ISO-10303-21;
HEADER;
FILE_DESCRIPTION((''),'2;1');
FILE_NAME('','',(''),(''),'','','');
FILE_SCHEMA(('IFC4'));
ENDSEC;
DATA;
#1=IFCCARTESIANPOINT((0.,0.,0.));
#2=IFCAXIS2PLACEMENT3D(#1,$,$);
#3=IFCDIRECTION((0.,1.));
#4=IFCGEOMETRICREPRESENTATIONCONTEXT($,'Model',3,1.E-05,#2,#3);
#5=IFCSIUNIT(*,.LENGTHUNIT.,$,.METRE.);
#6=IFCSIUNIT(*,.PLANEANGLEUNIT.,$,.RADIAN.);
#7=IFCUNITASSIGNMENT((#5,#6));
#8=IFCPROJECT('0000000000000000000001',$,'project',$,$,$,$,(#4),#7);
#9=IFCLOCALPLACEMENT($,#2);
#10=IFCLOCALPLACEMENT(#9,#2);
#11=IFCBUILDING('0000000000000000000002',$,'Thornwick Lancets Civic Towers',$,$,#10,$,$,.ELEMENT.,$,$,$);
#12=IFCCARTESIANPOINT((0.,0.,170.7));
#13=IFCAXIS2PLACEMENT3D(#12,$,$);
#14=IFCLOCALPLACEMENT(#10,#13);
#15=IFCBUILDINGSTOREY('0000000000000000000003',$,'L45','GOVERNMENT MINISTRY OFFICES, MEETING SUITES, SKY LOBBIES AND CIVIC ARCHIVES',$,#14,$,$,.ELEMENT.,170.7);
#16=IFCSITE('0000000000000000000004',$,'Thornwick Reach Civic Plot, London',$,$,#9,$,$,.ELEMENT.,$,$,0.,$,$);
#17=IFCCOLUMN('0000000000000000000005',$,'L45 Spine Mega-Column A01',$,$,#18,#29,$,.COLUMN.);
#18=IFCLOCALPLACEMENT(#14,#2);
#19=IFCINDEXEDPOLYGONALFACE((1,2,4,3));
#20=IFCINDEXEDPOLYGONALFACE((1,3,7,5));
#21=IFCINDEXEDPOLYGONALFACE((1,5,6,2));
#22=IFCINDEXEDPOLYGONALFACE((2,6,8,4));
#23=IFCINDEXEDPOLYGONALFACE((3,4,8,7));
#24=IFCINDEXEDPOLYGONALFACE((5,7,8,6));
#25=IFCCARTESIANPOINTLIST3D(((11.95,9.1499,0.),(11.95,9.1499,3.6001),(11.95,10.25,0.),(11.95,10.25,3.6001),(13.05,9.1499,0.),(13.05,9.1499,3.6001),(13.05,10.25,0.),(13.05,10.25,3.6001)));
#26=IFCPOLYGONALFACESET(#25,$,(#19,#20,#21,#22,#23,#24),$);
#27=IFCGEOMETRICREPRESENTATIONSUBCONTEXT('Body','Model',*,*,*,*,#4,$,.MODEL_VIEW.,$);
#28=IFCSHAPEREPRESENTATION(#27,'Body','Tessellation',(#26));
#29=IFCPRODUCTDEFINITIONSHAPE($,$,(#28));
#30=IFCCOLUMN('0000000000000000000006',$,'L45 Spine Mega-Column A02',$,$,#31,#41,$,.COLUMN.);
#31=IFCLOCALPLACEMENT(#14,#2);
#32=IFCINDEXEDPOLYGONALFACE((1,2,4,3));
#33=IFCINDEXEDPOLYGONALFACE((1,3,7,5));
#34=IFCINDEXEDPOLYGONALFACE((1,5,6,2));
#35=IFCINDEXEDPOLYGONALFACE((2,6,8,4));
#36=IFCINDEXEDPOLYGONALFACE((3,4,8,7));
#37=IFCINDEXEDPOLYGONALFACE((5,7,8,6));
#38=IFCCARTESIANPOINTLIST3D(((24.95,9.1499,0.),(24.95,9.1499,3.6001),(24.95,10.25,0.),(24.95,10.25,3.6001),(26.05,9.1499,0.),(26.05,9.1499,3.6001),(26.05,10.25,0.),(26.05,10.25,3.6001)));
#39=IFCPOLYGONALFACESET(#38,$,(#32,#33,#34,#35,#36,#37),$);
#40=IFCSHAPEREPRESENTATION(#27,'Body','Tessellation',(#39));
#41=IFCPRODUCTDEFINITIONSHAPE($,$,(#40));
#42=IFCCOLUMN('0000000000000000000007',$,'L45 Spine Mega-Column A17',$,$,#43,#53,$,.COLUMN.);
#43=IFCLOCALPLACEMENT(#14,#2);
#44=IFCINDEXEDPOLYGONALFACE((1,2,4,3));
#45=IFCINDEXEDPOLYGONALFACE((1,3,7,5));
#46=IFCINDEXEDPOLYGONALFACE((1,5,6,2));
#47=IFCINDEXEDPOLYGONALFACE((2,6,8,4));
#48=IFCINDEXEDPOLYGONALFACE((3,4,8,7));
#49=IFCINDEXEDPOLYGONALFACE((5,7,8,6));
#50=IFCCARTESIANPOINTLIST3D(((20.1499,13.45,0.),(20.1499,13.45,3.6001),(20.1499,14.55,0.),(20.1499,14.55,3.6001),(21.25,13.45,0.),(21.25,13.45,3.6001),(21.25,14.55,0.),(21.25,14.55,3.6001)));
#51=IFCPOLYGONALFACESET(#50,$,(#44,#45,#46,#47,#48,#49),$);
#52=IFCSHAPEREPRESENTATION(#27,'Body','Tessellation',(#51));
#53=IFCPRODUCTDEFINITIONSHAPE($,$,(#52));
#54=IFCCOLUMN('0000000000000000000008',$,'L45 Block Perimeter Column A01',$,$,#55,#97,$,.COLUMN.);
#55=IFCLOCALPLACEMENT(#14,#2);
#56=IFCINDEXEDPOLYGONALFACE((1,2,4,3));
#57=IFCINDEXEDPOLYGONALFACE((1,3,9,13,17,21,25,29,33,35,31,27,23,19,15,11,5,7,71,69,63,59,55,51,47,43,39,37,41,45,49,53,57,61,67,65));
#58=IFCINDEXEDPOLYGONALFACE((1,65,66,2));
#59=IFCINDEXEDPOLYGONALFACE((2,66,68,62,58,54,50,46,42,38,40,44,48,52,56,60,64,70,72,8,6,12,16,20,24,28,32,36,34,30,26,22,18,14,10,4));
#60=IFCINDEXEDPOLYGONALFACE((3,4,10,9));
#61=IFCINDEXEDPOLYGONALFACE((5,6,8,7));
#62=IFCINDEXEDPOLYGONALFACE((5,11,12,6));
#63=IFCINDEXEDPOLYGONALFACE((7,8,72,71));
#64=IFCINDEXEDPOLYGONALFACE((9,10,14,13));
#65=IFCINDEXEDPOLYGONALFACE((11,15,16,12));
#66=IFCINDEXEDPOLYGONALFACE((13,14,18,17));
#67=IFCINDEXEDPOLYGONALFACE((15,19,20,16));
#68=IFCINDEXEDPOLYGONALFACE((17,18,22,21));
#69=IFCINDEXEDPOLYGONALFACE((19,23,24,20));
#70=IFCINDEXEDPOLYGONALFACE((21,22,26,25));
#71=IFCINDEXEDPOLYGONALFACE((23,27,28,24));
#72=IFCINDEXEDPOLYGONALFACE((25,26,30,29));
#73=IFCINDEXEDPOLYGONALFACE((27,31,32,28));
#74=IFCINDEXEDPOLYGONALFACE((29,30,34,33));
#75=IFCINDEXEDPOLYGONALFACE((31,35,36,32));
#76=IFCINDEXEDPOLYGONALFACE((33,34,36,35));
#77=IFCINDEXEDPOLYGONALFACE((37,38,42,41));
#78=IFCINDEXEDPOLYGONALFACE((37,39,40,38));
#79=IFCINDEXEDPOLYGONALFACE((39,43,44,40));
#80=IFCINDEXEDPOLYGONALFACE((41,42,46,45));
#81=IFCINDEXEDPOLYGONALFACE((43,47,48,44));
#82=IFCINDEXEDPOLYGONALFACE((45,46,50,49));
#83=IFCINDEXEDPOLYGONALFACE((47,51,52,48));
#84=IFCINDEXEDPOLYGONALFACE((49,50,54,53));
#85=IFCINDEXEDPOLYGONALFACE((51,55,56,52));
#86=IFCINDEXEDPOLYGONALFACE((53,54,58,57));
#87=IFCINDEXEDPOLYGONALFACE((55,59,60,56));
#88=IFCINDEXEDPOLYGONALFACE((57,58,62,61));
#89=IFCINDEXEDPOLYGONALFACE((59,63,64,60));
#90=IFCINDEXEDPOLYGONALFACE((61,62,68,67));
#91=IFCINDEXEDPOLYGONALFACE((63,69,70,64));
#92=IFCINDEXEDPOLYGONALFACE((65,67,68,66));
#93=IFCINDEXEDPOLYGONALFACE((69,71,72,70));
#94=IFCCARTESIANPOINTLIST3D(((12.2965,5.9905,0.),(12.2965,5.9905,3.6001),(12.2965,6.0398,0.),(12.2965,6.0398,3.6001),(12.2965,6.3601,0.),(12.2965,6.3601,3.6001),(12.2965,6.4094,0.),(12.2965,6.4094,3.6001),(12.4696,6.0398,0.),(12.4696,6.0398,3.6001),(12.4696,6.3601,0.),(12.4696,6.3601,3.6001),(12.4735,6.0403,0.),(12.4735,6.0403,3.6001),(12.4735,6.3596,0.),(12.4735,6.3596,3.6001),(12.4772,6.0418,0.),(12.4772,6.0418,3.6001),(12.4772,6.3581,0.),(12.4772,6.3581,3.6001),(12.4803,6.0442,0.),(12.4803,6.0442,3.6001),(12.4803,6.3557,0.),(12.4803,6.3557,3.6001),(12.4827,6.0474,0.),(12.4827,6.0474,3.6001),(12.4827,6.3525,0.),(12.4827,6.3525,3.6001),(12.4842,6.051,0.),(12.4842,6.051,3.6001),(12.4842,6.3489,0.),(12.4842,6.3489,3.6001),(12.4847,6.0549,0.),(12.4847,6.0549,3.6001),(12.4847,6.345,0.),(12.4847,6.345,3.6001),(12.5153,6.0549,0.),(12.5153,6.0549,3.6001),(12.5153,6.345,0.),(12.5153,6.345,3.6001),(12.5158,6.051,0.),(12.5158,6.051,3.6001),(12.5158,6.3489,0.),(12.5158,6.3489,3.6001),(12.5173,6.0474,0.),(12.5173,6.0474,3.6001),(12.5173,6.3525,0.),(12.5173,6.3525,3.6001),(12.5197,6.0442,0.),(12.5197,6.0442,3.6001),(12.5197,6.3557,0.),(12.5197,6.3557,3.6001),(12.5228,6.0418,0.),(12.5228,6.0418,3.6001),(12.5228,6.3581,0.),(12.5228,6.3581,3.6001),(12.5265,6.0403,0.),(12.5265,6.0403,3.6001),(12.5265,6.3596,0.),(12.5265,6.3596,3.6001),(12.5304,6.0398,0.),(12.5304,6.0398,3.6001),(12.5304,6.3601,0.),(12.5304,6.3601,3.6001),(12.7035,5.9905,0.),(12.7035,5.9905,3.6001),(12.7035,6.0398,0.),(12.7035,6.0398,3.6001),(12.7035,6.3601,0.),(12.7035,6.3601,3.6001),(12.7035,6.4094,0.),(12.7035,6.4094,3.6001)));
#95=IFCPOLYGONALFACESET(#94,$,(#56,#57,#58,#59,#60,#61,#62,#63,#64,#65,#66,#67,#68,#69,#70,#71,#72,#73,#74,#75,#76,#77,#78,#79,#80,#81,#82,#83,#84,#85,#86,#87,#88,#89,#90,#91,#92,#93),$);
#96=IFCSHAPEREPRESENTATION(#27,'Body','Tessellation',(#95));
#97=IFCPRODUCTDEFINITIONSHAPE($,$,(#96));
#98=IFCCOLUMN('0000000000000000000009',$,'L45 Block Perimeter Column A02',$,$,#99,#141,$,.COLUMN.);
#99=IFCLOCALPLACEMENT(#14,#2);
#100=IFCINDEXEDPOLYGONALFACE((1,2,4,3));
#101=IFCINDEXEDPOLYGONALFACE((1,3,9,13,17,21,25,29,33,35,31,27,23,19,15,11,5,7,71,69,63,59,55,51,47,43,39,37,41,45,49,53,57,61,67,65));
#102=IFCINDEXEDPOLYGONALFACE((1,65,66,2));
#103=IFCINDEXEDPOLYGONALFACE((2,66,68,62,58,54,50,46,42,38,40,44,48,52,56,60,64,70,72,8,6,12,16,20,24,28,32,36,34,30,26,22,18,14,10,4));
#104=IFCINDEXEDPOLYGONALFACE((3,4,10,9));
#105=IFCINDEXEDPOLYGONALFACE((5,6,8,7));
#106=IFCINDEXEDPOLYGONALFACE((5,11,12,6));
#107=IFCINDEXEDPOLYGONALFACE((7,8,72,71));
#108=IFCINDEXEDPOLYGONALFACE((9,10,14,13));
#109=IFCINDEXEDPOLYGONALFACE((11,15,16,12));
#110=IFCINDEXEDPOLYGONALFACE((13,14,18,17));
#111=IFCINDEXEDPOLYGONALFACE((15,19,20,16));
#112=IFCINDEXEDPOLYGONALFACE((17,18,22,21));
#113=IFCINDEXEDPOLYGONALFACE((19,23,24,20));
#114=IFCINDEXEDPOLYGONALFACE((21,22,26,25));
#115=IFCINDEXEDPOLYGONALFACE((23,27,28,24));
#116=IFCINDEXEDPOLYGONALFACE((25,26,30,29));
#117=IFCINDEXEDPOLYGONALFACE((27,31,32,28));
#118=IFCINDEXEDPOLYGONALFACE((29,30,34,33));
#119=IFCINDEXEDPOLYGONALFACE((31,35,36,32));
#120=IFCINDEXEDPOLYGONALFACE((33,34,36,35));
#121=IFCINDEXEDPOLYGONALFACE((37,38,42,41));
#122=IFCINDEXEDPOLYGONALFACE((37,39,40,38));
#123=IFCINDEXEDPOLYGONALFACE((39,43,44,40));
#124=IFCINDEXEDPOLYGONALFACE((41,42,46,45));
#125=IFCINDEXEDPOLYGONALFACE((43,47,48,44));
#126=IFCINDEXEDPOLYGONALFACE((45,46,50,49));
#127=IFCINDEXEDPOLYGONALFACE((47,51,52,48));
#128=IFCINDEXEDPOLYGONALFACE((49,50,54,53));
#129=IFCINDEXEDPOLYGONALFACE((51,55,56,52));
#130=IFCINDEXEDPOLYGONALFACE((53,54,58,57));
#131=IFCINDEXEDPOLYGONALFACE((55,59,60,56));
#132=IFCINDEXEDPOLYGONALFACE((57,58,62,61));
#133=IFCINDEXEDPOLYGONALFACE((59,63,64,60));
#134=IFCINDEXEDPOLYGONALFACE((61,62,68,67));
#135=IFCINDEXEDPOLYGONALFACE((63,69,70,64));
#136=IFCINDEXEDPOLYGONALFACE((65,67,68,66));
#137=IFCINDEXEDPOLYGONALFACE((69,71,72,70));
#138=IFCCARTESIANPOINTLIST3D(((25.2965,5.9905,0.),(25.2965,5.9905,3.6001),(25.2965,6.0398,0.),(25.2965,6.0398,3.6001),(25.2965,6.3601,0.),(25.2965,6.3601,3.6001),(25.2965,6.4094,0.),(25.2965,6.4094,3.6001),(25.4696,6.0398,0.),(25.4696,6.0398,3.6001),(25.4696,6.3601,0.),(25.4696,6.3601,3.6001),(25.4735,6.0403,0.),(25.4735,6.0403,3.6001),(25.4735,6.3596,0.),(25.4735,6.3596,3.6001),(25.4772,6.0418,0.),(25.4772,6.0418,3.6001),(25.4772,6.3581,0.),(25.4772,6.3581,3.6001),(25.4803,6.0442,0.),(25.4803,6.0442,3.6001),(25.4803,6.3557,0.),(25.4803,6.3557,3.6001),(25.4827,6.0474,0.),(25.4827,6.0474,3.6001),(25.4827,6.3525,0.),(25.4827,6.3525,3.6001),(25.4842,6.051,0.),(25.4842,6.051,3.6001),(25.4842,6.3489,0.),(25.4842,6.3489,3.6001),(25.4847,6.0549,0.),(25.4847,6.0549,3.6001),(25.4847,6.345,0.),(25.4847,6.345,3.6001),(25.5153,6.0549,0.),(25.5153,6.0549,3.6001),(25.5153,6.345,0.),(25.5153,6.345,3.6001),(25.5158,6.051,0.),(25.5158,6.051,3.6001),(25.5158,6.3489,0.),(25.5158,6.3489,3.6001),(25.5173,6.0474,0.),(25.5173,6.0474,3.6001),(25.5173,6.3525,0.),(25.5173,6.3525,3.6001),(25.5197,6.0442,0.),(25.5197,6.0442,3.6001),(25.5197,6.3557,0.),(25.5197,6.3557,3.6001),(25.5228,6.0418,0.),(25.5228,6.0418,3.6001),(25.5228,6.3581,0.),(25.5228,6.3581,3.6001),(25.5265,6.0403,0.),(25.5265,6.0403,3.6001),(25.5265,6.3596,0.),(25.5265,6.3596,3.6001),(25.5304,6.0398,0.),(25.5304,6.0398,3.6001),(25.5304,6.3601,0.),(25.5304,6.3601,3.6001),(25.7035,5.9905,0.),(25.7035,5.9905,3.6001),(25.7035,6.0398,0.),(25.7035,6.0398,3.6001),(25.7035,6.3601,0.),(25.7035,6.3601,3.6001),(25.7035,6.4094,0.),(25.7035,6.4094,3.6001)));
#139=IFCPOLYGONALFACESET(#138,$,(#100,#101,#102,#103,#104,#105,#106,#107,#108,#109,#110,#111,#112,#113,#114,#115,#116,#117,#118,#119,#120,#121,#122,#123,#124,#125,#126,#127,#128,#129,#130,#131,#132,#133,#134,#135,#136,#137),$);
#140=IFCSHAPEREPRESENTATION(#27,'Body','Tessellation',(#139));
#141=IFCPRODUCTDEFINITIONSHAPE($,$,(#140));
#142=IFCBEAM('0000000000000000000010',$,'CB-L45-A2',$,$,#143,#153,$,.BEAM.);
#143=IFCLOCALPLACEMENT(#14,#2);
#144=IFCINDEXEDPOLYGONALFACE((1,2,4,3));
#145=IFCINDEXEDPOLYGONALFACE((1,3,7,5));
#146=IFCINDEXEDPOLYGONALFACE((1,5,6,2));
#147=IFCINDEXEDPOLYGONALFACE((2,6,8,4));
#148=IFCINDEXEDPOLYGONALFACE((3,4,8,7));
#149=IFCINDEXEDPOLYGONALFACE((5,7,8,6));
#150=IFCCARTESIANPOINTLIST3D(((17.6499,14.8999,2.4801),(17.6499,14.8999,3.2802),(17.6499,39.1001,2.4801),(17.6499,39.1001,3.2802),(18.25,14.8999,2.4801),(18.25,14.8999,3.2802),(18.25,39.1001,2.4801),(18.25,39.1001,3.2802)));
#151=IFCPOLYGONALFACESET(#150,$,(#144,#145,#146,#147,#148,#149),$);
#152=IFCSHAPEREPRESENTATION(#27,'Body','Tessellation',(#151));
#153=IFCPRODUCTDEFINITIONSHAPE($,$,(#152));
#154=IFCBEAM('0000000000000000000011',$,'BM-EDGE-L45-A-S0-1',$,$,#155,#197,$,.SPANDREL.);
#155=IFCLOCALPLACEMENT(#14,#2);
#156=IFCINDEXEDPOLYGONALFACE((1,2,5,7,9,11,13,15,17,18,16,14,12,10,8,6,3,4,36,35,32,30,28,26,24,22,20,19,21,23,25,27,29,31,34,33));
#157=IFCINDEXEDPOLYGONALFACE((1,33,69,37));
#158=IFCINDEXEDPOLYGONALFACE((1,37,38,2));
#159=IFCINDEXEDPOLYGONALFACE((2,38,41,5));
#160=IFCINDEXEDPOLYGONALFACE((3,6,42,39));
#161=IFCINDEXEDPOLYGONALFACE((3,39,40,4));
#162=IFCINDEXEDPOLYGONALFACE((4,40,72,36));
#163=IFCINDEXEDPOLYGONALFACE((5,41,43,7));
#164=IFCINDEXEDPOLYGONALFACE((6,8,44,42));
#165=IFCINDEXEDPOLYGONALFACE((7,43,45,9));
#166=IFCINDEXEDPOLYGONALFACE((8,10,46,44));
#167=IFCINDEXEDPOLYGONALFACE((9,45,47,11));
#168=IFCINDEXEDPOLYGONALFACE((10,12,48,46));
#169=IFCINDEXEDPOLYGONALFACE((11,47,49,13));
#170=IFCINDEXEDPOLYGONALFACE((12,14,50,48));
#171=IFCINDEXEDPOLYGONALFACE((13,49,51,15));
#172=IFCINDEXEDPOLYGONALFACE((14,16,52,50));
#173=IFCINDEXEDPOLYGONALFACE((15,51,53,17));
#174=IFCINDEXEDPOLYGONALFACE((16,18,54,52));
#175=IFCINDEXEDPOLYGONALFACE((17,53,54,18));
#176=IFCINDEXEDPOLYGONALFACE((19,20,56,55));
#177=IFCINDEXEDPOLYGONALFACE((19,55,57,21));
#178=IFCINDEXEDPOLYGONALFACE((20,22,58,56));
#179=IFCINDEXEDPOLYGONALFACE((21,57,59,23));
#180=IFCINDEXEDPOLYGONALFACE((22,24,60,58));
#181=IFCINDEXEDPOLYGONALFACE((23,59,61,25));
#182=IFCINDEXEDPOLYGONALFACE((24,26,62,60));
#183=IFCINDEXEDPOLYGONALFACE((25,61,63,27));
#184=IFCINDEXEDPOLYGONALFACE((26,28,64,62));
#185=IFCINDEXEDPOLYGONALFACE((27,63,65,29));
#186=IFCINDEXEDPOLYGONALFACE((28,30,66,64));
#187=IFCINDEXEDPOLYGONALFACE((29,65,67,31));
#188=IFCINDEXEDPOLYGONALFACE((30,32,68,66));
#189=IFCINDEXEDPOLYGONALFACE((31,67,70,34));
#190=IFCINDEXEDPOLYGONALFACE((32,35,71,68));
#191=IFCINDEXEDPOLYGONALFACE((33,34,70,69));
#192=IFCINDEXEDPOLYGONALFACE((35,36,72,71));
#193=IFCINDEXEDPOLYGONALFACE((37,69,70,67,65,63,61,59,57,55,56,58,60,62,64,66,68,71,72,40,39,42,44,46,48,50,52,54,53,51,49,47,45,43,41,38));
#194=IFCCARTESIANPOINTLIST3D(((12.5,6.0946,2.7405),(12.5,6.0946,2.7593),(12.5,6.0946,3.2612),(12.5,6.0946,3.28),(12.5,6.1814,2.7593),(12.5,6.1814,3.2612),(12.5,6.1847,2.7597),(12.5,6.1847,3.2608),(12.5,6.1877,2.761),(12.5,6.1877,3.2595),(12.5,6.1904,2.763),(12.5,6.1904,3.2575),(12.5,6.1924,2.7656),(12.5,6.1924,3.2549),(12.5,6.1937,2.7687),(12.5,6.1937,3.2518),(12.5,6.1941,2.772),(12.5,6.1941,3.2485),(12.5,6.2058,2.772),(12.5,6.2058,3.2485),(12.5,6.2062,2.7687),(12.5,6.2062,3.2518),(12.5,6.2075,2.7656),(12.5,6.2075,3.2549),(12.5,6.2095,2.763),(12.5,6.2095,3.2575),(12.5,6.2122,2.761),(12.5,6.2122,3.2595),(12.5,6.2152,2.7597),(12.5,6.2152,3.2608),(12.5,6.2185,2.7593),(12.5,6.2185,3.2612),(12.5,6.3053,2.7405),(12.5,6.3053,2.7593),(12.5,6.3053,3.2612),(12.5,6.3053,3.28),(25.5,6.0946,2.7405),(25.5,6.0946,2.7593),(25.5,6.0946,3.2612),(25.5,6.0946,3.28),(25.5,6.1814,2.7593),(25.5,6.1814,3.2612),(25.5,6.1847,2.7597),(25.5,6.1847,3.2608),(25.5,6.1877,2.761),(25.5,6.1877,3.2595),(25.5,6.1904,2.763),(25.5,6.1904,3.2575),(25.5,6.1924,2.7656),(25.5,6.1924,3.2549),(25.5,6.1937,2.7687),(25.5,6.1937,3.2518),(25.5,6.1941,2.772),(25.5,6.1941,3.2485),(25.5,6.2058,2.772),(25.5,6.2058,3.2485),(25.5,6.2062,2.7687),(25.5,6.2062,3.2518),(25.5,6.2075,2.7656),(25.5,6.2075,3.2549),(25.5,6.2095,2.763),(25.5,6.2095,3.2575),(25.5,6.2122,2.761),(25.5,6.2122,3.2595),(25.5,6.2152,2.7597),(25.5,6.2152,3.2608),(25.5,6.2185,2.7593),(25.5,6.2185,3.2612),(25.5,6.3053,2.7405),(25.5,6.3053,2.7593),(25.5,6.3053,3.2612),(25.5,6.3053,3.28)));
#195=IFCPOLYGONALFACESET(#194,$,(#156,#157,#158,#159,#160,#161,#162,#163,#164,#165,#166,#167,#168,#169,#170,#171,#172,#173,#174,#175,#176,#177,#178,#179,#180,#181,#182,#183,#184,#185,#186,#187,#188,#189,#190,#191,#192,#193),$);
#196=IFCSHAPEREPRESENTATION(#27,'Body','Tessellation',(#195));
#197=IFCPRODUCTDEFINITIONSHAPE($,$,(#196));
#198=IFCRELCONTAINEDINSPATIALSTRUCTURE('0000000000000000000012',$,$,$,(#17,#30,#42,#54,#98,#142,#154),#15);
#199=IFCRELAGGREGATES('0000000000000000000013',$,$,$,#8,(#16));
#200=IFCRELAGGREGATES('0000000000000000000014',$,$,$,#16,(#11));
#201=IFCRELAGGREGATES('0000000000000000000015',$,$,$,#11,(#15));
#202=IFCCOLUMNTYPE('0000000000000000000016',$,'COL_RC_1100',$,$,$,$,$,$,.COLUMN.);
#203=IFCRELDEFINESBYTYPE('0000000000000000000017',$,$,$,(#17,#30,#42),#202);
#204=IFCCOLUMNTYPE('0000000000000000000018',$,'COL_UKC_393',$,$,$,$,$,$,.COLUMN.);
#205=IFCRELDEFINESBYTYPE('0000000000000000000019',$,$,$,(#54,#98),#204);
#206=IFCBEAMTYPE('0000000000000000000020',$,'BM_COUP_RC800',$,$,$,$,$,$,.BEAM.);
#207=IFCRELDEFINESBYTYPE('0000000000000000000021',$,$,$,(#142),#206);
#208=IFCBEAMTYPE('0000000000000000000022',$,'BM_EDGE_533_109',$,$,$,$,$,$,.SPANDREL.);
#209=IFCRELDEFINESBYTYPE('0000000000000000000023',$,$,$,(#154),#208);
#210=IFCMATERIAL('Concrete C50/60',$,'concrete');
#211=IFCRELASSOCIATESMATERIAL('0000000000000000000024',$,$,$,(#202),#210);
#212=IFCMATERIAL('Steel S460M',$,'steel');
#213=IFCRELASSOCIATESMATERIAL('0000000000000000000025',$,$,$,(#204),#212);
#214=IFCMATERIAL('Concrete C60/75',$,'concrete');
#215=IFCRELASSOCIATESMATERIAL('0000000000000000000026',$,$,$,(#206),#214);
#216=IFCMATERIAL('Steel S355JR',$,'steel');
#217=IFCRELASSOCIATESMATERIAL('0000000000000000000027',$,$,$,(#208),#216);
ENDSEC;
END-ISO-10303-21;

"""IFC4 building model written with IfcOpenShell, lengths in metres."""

from ifc_helpers import new_model, si_unit, direction, frame, origin, origin_2d, place, context, subcontext, project, spatial, rectangle, i_section, extrude, material, material_profile, profile_set, type_object, element, save


model = new_model("IFC4")

# Units and contexts
model_context = context("Model", 3, precision=1e-05, world=origin(), true_north=direction((0.0, 1.0)))
body_context = subcontext(model_context, "Body", "Model", "MODEL_VIEW")
ifc_project = project(units=[si_unit("LENGTHUNIT", "METRE"), si_unit("PLANEANGLEUNIT", "RADIAN")], contexts=[model_context])

# Site, building, storey
site_placement = place(None, origin())
site = spatial("IfcSite", under=ifc_project, at=site_placement, Name="Thornwick Reach Civic Plot, London", CompositionType="ELEMENT", RefElevation=0.0)
building_placement = place(site_placement, origin())
building = spatial("IfcBuilding", under=site, at=building_placement, Name="Thornwick Lancets Civic Towers", CompositionType="ELEMENT")
storey_placement = place(building_placement, frame((0.0, 0.0, 170.7)))
storey = spatial("IfcBuildingStorey", under=building, at=storey_placement, Name="L45", Description="GOVERNMENT MINISTRY OFFICES, MEETING SUITES, SKY LOBBIES AND CIVIC ARCHIVES", CompositionType="ELEMENT", Elevation=170.7)

# Columns
ifc_material_1 = material(Name="Concrete C50/60", Category="concrete")
ifc_material_profile_1 = material_profile(ifc_material_1, rectangle(XDim=1.1001, YDim=1.1001, at=origin_2d()), Name="RC 1100x1100")
ifc_profile_set_1 = profile_set([ifc_material_profile_1], Name="Concrete C50/60")
column_type_1 = type_object("IfcColumnType", Name="COL_RC_1100", PredefinedType="COLUMN", material=ifc_profile_set_1)
for number, where, z_axis, x_axis, name in (
    (1, (12.5, 9.7, 0.0), (0.0, 0.0, 1.0), (1.0, 0.0, 0.0), "L45 Spine Mega-Column A01"),
    (2, (25.5, 9.7, 0.0), (0.0, 0.0, 1.0), (1.0, 0.0, 0.0), "L45 Spine Mega-Column A02"),
    (3, (20.7, 14.0, 0.0), (0.0, 0.0, 1.0), (1.0, 0.0, 0.0), "L45 Spine Mega-Column A17"),
):
    element("IfcColumn", number, at=place(storey_placement, frame(where, z_axis=z_axis, x_axis=x_axis)), inside=storey, type_object=column_type_1, Name=name, PredefinedType="COLUMN", context=body_context, shape_type="SweptSolid", body=[
        extrude(rectangle(XDim=1.1001, YDim=1.1001, at=origin_2d()), origin(), (0.0, 0.0, 1.0), 3.6001),
    ])
ifc_material_2 = material(Name="Steel S460M", Category="steel")
ifc_material_profile_2 = material_profile(ifc_material_2, i_section(OverallWidth=0.407, OverallDepth=0.4189, WebThickness=0.0305, FlangeThickness=0.0493, FilletRadius=0.0151, at=origin_2d()), Name="UKC 356x406x393")
ifc_profile_set_2 = profile_set([ifc_material_profile_2], Name="Steel S460M")
column_type_2 = type_object("IfcColumnType", Name="COL_UKC_393", PredefinedType="COLUMN", material=ifc_profile_set_2)
for number, where, z_axis, x_axis, name in (
    (4, (12.5, 6.2, 0.0), (0.0, 0.0, 1.0), (1.0, 0.0, 0.0), "L45 Block Perimeter Column A01"),
    (5, (25.5, 6.2, 0.0), (0.0, 0.0, 1.0), (1.0, 0.0, 0.0), "L45 Block Perimeter Column A02"),
):
    element("IfcColumn", number, at=place(storey_placement, frame(where, z_axis=z_axis, x_axis=x_axis)), inside=storey, type_object=column_type_2, Name=name, PredefinedType="COLUMN", context=body_context, shape_type="SweptSolid", body=[
        extrude(i_section(OverallWidth=0.407, OverallDepth=0.4189, WebThickness=0.0305, FlangeThickness=0.0493, FilletRadius=0.0151, at=origin_2d()), origin(), (0.0, 0.0, 1.0), 3.6001),
    ])

# Beams
ifc_material_3 = material(Name="Concrete C60/75", Category="concrete")
ifc_material_profile_3 = material_profile(ifc_material_3, rectangle(XDim=0.6001, YDim=0.8, at=origin_2d()), Name="RC 600x800")
ifc_profile_set_3 = profile_set([ifc_material_profile_3], Name="Concrete C60/75")
beam_type_1 = type_object("IfcBeamType", Name="BM_COUP_RC800", PredefinedType="BEAM", material=ifc_profile_set_3)
beam_1_placement = place(storey_placement, frame((17.95, 14.8999, 2.8801), z_axis=(0.0, 1.0, 0.0), x_axis=(-1.0, 0.0, 0.0)))
element("IfcBeam", 6, at=beam_1_placement, inside=storey, type_object=beam_type_1, Name="CB-L45-A2", PredefinedType="BEAM", context=body_context, shape_type="SweptSolid", body=[
    extrude(rectangle(XDim=0.6001, YDim=0.8, at=origin_2d()), origin(), (0.0, 0.0, 1.0), 24.2002),
])
ifc_material_4 = material(Name="Steel S355JR", Category="steel")
ifc_material_profile_4 = material_profile(ifc_material_4, i_section(OverallWidth=0.2107, OverallDepth=0.5396, WebThickness=0.0117, FlangeThickness=0.0188, FilletRadius=0.0127, at=origin_2d()), Name="UKB 533x210x109")
ifc_profile_set_4 = profile_set([ifc_material_profile_4], Name="Steel S355JR")
beam_type_2 = type_object("IfcBeamType", Name="BM_EDGE_533_109", PredefinedType="SPANDREL", material=ifc_profile_set_4)
beam_2_placement = place(storey_placement, frame((12.5, 6.2, 3.0103), z_axis=(1.0, 0.0, 0.0), x_axis=(0.0, 1.0, 0.0)))
element("IfcBeam", 7, at=beam_2_placement, inside=storey, type_object=beam_type_2, Name="BM-EDGE-L45-A-S0-1", PredefinedType="SPANDREL", context=body_context, shape_type="SweptSolid", body=[
    extrude(i_section(OverallWidth=0.2107, OverallDepth=0.5396, WebThickness=0.0117, FlangeThickness=0.0188, FilletRadius=0.0127, at=origin_2d()), origin(), (0.0, 0.0, 1.0), 13.0),
])

save(model, "model.ifc")
